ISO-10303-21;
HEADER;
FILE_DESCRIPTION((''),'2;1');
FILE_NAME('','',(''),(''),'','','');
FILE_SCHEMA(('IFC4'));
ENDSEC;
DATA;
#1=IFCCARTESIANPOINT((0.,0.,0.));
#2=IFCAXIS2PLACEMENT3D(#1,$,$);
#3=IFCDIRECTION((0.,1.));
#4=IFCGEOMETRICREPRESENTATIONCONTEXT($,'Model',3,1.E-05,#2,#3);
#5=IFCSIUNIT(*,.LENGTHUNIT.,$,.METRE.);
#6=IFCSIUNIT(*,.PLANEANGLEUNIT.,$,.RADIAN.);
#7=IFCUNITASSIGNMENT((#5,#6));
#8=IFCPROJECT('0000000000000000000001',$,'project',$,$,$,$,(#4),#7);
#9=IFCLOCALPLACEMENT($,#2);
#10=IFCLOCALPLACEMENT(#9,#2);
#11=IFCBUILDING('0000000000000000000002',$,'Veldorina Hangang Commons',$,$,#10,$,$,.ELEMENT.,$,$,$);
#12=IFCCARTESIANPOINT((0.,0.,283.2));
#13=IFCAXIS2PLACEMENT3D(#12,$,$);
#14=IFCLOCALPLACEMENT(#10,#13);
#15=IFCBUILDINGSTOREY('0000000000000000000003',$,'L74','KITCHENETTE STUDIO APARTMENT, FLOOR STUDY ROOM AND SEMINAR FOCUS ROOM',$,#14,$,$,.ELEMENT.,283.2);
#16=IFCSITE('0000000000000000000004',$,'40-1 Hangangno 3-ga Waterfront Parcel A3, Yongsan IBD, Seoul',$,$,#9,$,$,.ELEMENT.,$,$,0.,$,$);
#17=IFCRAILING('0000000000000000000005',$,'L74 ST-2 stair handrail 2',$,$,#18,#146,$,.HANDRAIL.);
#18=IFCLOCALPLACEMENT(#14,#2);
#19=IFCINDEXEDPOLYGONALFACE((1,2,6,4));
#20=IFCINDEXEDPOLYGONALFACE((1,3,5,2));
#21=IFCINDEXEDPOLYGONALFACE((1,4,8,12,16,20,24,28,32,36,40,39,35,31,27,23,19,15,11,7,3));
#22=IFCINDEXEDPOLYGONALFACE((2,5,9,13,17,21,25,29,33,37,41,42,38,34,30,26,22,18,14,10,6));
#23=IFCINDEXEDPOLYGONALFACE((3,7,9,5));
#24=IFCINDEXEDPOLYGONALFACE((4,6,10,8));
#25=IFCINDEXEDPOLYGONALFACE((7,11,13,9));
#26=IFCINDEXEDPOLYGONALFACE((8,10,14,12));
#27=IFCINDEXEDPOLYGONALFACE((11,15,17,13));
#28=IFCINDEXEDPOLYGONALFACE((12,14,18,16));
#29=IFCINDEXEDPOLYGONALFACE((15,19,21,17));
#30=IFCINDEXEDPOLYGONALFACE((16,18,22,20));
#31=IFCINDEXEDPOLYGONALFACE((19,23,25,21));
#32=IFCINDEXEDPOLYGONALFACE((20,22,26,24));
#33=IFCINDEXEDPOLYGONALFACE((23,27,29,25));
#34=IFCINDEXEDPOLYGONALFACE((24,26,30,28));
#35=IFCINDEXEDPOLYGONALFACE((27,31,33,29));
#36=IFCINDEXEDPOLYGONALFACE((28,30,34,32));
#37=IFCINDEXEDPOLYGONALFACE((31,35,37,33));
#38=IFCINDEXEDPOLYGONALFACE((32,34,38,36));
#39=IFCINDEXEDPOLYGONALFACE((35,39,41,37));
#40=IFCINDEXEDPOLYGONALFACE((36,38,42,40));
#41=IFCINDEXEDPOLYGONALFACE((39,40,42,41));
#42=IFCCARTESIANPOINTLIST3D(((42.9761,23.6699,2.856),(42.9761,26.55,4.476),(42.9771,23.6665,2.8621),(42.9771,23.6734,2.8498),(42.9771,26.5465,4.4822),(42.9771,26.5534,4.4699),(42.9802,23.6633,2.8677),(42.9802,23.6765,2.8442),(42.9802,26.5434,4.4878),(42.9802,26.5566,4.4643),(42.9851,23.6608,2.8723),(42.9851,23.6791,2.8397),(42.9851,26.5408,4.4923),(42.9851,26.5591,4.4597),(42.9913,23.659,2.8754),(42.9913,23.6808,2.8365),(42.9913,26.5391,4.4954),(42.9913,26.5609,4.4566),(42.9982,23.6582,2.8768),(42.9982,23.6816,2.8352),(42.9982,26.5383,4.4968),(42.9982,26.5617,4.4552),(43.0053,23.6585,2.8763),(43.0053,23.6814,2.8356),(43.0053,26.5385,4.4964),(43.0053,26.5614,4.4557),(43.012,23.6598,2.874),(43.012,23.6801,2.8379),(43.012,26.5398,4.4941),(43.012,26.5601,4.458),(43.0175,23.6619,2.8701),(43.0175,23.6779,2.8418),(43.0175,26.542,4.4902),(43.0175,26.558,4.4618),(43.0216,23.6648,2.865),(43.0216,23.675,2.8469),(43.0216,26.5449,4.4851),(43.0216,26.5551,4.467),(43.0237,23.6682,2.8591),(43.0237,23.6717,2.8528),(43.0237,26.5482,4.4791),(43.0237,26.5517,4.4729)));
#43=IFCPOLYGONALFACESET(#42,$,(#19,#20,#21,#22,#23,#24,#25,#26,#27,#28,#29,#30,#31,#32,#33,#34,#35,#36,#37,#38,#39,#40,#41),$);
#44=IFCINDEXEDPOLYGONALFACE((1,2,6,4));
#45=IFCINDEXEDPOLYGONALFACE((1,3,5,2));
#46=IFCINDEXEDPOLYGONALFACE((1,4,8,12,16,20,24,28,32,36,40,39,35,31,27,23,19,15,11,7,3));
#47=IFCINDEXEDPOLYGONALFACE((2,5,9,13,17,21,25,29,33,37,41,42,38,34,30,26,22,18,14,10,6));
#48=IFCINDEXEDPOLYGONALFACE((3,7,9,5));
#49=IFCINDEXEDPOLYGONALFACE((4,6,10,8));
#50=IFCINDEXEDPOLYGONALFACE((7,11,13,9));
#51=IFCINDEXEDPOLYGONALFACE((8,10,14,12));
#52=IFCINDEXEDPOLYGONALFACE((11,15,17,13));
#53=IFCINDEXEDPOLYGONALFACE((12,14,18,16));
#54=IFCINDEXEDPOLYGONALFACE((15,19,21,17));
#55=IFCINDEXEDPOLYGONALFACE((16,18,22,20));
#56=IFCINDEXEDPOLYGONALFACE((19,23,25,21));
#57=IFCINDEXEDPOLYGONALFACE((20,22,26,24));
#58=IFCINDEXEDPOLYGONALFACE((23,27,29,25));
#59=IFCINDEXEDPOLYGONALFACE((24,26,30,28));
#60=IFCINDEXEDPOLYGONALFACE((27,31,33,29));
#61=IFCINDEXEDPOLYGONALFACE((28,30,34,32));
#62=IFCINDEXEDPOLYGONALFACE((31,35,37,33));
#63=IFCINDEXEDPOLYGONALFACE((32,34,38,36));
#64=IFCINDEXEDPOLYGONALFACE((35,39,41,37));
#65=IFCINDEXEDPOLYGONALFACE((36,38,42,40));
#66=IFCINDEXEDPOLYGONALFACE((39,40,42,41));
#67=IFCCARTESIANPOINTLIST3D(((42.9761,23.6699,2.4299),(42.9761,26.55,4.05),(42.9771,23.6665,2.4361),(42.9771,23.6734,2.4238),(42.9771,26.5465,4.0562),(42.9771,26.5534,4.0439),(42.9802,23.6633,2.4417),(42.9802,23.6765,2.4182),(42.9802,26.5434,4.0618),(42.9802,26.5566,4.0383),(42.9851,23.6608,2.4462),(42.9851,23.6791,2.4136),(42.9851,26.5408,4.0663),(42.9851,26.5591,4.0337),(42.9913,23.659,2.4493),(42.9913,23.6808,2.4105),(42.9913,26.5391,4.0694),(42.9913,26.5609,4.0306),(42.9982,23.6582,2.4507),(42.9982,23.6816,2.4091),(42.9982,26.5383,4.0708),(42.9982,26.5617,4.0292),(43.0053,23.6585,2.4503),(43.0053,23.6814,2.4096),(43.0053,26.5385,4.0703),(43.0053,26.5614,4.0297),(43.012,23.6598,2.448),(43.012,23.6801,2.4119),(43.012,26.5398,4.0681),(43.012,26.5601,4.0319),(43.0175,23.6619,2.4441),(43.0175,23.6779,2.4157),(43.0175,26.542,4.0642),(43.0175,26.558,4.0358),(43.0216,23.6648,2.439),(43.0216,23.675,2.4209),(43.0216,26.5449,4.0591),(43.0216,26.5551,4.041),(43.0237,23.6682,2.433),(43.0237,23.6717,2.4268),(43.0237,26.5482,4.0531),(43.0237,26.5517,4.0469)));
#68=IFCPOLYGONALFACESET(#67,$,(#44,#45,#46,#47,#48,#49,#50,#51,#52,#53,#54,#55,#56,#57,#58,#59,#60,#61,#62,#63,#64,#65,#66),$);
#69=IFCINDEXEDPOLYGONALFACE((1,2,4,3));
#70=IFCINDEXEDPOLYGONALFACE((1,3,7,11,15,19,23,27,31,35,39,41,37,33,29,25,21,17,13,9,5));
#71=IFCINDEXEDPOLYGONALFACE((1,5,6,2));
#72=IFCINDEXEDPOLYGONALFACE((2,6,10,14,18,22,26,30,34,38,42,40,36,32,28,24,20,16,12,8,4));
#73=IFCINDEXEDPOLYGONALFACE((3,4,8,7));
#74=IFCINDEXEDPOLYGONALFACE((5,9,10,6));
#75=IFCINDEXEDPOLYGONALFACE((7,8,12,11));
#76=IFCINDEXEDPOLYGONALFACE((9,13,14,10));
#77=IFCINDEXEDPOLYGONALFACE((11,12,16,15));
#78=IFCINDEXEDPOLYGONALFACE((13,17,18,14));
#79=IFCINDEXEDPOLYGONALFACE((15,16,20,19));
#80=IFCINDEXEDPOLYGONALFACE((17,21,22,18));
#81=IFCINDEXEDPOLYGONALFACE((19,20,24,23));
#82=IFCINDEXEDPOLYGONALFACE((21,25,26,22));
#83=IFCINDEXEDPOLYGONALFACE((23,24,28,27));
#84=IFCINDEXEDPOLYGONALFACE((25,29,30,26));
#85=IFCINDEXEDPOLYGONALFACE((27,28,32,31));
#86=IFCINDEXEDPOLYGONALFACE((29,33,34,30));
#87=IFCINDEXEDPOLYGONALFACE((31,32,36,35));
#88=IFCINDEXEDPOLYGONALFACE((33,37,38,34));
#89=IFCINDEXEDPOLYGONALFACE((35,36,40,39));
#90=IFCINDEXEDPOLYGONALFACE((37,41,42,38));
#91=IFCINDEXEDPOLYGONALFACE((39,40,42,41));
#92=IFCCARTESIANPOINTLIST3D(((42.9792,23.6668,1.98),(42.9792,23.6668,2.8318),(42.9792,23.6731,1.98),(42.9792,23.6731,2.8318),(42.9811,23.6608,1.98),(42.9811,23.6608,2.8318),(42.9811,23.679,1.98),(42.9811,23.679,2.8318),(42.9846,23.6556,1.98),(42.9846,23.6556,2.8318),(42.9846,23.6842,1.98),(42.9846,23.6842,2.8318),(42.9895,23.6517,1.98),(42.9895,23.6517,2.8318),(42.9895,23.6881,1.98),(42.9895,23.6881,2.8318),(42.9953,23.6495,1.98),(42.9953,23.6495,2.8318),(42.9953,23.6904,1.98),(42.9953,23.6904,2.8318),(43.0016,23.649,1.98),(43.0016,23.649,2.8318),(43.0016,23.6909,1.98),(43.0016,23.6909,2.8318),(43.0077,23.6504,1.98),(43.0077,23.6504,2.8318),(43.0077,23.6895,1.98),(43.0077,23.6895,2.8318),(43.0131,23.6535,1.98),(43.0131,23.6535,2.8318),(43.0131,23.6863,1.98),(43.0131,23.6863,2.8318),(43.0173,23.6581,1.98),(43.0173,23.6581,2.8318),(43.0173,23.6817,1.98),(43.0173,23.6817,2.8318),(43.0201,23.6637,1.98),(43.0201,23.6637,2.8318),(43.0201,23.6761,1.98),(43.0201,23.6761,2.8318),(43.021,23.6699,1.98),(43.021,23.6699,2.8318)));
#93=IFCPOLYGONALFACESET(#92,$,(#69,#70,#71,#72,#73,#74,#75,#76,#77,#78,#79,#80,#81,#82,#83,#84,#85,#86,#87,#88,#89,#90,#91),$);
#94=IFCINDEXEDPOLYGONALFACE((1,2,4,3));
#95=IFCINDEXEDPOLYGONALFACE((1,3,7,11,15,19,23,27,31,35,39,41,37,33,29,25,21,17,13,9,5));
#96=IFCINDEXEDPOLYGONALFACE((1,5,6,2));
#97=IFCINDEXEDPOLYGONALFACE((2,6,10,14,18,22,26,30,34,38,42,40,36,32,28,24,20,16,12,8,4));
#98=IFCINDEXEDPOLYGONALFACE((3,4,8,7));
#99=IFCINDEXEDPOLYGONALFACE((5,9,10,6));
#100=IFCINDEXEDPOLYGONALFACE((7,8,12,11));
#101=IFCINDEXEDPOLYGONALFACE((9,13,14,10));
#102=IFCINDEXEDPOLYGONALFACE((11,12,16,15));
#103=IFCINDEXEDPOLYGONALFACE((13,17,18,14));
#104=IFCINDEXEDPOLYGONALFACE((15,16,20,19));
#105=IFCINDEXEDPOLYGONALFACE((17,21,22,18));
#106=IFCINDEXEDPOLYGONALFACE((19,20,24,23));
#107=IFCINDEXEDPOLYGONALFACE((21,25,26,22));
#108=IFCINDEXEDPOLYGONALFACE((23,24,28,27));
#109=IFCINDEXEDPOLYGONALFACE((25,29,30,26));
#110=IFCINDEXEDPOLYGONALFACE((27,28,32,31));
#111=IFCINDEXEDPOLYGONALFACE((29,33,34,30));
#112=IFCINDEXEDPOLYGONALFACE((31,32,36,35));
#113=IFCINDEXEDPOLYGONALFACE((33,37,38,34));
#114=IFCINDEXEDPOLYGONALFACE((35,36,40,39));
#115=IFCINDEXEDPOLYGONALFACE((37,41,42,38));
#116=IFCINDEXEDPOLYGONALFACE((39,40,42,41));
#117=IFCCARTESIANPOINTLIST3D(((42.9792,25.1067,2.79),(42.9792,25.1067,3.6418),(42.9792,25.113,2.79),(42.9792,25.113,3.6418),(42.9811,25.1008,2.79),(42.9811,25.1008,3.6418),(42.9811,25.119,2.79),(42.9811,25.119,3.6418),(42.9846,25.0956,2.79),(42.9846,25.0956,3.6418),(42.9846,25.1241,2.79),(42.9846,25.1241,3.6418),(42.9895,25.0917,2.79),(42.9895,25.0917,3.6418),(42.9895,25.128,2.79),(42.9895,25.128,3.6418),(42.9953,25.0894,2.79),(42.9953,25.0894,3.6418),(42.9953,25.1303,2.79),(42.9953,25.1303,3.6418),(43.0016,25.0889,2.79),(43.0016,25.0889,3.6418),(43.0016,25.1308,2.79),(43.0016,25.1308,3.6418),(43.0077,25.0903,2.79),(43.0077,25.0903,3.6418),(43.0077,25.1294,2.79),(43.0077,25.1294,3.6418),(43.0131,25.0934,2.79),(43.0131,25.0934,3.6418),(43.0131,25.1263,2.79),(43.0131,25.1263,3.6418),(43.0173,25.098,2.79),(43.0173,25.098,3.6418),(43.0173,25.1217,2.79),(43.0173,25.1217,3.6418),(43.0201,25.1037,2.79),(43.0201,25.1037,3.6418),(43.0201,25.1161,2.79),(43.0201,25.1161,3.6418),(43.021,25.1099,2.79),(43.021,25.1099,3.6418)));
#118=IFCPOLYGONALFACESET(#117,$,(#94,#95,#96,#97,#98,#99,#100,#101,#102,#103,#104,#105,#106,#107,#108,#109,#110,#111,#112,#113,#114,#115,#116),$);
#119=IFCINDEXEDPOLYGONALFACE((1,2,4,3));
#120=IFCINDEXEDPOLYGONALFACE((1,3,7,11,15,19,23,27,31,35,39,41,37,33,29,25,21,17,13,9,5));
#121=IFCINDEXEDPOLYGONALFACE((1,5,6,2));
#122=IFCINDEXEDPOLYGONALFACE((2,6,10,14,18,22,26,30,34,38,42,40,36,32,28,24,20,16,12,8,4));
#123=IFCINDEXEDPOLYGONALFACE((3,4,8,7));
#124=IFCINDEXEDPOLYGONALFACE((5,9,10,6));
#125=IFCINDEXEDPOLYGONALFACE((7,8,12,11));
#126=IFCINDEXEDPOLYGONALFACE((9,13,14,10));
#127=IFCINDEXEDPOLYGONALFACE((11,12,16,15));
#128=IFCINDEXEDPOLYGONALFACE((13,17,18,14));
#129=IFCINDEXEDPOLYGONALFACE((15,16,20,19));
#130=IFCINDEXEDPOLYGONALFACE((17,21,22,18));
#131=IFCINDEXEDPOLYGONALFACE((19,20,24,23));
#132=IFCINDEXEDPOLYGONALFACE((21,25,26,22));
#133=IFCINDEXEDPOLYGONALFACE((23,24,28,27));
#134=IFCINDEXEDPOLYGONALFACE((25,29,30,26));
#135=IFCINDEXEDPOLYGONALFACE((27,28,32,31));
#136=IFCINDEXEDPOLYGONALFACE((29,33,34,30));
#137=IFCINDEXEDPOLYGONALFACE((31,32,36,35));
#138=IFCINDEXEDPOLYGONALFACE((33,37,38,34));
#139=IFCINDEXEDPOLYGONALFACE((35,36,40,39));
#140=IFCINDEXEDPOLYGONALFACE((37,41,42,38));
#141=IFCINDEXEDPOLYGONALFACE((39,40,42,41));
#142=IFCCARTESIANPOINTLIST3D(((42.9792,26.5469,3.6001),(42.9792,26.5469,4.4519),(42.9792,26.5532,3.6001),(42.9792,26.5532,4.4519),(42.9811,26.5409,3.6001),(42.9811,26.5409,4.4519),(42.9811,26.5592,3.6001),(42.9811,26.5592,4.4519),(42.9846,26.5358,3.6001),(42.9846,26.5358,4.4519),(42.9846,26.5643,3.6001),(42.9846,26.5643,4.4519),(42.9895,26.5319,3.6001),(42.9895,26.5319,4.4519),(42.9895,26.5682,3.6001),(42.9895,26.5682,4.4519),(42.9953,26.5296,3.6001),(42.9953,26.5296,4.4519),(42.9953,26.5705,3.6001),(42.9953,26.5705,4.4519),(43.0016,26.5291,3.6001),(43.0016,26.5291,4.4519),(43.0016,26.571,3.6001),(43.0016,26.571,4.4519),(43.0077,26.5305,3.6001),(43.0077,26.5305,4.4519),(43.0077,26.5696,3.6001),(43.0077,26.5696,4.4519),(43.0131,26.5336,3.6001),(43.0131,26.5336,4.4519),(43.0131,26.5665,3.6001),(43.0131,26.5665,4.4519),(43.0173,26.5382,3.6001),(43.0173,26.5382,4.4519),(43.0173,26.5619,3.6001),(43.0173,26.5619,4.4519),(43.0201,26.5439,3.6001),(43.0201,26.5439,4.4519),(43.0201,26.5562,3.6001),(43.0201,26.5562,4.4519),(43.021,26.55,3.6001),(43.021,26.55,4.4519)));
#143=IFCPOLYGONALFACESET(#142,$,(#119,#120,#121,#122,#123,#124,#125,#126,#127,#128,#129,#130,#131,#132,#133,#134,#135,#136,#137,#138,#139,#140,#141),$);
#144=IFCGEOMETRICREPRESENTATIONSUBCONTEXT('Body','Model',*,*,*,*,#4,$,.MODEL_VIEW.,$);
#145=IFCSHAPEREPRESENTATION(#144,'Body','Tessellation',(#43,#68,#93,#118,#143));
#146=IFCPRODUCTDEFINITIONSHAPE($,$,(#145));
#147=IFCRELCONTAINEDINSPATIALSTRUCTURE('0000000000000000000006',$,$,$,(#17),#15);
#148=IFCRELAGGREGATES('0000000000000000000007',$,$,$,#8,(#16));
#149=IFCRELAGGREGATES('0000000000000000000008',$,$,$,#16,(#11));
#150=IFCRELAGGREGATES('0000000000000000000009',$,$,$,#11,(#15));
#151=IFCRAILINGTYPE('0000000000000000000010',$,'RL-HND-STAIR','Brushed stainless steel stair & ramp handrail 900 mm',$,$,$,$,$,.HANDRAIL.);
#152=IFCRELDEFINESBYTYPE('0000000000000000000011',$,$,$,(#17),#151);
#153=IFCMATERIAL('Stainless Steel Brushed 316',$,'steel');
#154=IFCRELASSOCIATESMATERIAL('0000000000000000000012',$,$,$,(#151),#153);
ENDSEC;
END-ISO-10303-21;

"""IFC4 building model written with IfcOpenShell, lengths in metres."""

from ifc_helpers import new_model, si_unit, direction, frame, origin, origin_2d, place, context, subcontext, project, spatial, circle, extrude, material, type_object, element, save


model = new_model("IFC4")

# Units and contexts
model_context = context("Model", 3, precision=1e-05, world=origin(), true_north=direction((0.0, 1.0)))
body_context = subcontext(model_context, "Body", "Model", "MODEL_VIEW")
ifc_project = project(units=[si_unit("LENGTHUNIT", "METRE"), si_unit("PLANEANGLEUNIT", "RADIAN")], contexts=[model_context])

# Site, building, storey
site_placement = place(None, origin())
site = spatial("IfcSite", under=ifc_project, at=site_placement, Name="40-1 Hangangno 3-ga Waterfront Parcel A3, Yongsan IBD, Seoul", CompositionType="ELEMENT", RefElevation=0.0)
building_placement = place(site_placement, origin())
building = spatial("IfcBuilding", under=site, at=building_placement, Name="Veldorina Hangang Commons", CompositionType="ELEMENT")
storey_placement = place(building_placement, frame((0.0, 0.0, 283.2)))
storey = spatial("IfcBuildingStorey", under=building, at=storey_placement, Name="L74", Description="KITCHENETTE STUDIO APARTMENT, FLOOR STUDY ROOM AND SEMINAR FOCUS ROOM", CompositionType="ELEMENT", Elevation=283.2)

# Railing
ifc_material_1 = material(Name="Stainless Steel Brushed 316", Category="steel")
railing_type_1 = type_object("IfcRailingType", Name="RL-HND-STAIR", Description="Brushed stainless steel stair & ramp handrail 900 mm", PredefinedType="HANDRAIL", material=ifc_material_1)
railing_1_placement = place(storey_placement, frame((43.0, 23.6699, 1.98)))
element("IfcRailing", 1, at=railing_1_placement, inside=storey, type_object=railing_type_1, Name="L74 ST-2 stair handrail 2", PredefinedType="HANDRAIL", context=body_context, shape_type="SweptSolid", body=[
    extrude(circle(Radius=0.0239, at=origin_2d()), frame((0.0, 0.0, 0.876), z_axis=(0.0, 0.87157, 0.490272), x_axis=(-1.0, 0.0, 0.0)), (0.0, 0.0, 1.0), 3.3044),
    extrude(circle(Radius=0.0239, at=origin_2d()), frame((0.0, 0.0, 0.45), z_axis=(0.0, 0.87157, 0.490272), x_axis=(-1.0, 0.0, 0.0)), (0.0, 0.0, 1.0), 3.3044),
    extrude(circle(Radius=0.021, at=origin_2d()), origin(), (0.0, 0.0, 1.0), 0.8518),
    extrude(circle(Radius=0.021, at=origin_2d()), frame((0.0, 1.4399, 0.8101)), (0.0, 0.0, 1.0), 0.8518),
    extrude(circle(Radius=0.021, at=origin_2d()), frame((0.0, 2.8801, 1.6201)), (0.0, 0.0, 1.0), 0.8518),
])

save(model, "model.ifc")
